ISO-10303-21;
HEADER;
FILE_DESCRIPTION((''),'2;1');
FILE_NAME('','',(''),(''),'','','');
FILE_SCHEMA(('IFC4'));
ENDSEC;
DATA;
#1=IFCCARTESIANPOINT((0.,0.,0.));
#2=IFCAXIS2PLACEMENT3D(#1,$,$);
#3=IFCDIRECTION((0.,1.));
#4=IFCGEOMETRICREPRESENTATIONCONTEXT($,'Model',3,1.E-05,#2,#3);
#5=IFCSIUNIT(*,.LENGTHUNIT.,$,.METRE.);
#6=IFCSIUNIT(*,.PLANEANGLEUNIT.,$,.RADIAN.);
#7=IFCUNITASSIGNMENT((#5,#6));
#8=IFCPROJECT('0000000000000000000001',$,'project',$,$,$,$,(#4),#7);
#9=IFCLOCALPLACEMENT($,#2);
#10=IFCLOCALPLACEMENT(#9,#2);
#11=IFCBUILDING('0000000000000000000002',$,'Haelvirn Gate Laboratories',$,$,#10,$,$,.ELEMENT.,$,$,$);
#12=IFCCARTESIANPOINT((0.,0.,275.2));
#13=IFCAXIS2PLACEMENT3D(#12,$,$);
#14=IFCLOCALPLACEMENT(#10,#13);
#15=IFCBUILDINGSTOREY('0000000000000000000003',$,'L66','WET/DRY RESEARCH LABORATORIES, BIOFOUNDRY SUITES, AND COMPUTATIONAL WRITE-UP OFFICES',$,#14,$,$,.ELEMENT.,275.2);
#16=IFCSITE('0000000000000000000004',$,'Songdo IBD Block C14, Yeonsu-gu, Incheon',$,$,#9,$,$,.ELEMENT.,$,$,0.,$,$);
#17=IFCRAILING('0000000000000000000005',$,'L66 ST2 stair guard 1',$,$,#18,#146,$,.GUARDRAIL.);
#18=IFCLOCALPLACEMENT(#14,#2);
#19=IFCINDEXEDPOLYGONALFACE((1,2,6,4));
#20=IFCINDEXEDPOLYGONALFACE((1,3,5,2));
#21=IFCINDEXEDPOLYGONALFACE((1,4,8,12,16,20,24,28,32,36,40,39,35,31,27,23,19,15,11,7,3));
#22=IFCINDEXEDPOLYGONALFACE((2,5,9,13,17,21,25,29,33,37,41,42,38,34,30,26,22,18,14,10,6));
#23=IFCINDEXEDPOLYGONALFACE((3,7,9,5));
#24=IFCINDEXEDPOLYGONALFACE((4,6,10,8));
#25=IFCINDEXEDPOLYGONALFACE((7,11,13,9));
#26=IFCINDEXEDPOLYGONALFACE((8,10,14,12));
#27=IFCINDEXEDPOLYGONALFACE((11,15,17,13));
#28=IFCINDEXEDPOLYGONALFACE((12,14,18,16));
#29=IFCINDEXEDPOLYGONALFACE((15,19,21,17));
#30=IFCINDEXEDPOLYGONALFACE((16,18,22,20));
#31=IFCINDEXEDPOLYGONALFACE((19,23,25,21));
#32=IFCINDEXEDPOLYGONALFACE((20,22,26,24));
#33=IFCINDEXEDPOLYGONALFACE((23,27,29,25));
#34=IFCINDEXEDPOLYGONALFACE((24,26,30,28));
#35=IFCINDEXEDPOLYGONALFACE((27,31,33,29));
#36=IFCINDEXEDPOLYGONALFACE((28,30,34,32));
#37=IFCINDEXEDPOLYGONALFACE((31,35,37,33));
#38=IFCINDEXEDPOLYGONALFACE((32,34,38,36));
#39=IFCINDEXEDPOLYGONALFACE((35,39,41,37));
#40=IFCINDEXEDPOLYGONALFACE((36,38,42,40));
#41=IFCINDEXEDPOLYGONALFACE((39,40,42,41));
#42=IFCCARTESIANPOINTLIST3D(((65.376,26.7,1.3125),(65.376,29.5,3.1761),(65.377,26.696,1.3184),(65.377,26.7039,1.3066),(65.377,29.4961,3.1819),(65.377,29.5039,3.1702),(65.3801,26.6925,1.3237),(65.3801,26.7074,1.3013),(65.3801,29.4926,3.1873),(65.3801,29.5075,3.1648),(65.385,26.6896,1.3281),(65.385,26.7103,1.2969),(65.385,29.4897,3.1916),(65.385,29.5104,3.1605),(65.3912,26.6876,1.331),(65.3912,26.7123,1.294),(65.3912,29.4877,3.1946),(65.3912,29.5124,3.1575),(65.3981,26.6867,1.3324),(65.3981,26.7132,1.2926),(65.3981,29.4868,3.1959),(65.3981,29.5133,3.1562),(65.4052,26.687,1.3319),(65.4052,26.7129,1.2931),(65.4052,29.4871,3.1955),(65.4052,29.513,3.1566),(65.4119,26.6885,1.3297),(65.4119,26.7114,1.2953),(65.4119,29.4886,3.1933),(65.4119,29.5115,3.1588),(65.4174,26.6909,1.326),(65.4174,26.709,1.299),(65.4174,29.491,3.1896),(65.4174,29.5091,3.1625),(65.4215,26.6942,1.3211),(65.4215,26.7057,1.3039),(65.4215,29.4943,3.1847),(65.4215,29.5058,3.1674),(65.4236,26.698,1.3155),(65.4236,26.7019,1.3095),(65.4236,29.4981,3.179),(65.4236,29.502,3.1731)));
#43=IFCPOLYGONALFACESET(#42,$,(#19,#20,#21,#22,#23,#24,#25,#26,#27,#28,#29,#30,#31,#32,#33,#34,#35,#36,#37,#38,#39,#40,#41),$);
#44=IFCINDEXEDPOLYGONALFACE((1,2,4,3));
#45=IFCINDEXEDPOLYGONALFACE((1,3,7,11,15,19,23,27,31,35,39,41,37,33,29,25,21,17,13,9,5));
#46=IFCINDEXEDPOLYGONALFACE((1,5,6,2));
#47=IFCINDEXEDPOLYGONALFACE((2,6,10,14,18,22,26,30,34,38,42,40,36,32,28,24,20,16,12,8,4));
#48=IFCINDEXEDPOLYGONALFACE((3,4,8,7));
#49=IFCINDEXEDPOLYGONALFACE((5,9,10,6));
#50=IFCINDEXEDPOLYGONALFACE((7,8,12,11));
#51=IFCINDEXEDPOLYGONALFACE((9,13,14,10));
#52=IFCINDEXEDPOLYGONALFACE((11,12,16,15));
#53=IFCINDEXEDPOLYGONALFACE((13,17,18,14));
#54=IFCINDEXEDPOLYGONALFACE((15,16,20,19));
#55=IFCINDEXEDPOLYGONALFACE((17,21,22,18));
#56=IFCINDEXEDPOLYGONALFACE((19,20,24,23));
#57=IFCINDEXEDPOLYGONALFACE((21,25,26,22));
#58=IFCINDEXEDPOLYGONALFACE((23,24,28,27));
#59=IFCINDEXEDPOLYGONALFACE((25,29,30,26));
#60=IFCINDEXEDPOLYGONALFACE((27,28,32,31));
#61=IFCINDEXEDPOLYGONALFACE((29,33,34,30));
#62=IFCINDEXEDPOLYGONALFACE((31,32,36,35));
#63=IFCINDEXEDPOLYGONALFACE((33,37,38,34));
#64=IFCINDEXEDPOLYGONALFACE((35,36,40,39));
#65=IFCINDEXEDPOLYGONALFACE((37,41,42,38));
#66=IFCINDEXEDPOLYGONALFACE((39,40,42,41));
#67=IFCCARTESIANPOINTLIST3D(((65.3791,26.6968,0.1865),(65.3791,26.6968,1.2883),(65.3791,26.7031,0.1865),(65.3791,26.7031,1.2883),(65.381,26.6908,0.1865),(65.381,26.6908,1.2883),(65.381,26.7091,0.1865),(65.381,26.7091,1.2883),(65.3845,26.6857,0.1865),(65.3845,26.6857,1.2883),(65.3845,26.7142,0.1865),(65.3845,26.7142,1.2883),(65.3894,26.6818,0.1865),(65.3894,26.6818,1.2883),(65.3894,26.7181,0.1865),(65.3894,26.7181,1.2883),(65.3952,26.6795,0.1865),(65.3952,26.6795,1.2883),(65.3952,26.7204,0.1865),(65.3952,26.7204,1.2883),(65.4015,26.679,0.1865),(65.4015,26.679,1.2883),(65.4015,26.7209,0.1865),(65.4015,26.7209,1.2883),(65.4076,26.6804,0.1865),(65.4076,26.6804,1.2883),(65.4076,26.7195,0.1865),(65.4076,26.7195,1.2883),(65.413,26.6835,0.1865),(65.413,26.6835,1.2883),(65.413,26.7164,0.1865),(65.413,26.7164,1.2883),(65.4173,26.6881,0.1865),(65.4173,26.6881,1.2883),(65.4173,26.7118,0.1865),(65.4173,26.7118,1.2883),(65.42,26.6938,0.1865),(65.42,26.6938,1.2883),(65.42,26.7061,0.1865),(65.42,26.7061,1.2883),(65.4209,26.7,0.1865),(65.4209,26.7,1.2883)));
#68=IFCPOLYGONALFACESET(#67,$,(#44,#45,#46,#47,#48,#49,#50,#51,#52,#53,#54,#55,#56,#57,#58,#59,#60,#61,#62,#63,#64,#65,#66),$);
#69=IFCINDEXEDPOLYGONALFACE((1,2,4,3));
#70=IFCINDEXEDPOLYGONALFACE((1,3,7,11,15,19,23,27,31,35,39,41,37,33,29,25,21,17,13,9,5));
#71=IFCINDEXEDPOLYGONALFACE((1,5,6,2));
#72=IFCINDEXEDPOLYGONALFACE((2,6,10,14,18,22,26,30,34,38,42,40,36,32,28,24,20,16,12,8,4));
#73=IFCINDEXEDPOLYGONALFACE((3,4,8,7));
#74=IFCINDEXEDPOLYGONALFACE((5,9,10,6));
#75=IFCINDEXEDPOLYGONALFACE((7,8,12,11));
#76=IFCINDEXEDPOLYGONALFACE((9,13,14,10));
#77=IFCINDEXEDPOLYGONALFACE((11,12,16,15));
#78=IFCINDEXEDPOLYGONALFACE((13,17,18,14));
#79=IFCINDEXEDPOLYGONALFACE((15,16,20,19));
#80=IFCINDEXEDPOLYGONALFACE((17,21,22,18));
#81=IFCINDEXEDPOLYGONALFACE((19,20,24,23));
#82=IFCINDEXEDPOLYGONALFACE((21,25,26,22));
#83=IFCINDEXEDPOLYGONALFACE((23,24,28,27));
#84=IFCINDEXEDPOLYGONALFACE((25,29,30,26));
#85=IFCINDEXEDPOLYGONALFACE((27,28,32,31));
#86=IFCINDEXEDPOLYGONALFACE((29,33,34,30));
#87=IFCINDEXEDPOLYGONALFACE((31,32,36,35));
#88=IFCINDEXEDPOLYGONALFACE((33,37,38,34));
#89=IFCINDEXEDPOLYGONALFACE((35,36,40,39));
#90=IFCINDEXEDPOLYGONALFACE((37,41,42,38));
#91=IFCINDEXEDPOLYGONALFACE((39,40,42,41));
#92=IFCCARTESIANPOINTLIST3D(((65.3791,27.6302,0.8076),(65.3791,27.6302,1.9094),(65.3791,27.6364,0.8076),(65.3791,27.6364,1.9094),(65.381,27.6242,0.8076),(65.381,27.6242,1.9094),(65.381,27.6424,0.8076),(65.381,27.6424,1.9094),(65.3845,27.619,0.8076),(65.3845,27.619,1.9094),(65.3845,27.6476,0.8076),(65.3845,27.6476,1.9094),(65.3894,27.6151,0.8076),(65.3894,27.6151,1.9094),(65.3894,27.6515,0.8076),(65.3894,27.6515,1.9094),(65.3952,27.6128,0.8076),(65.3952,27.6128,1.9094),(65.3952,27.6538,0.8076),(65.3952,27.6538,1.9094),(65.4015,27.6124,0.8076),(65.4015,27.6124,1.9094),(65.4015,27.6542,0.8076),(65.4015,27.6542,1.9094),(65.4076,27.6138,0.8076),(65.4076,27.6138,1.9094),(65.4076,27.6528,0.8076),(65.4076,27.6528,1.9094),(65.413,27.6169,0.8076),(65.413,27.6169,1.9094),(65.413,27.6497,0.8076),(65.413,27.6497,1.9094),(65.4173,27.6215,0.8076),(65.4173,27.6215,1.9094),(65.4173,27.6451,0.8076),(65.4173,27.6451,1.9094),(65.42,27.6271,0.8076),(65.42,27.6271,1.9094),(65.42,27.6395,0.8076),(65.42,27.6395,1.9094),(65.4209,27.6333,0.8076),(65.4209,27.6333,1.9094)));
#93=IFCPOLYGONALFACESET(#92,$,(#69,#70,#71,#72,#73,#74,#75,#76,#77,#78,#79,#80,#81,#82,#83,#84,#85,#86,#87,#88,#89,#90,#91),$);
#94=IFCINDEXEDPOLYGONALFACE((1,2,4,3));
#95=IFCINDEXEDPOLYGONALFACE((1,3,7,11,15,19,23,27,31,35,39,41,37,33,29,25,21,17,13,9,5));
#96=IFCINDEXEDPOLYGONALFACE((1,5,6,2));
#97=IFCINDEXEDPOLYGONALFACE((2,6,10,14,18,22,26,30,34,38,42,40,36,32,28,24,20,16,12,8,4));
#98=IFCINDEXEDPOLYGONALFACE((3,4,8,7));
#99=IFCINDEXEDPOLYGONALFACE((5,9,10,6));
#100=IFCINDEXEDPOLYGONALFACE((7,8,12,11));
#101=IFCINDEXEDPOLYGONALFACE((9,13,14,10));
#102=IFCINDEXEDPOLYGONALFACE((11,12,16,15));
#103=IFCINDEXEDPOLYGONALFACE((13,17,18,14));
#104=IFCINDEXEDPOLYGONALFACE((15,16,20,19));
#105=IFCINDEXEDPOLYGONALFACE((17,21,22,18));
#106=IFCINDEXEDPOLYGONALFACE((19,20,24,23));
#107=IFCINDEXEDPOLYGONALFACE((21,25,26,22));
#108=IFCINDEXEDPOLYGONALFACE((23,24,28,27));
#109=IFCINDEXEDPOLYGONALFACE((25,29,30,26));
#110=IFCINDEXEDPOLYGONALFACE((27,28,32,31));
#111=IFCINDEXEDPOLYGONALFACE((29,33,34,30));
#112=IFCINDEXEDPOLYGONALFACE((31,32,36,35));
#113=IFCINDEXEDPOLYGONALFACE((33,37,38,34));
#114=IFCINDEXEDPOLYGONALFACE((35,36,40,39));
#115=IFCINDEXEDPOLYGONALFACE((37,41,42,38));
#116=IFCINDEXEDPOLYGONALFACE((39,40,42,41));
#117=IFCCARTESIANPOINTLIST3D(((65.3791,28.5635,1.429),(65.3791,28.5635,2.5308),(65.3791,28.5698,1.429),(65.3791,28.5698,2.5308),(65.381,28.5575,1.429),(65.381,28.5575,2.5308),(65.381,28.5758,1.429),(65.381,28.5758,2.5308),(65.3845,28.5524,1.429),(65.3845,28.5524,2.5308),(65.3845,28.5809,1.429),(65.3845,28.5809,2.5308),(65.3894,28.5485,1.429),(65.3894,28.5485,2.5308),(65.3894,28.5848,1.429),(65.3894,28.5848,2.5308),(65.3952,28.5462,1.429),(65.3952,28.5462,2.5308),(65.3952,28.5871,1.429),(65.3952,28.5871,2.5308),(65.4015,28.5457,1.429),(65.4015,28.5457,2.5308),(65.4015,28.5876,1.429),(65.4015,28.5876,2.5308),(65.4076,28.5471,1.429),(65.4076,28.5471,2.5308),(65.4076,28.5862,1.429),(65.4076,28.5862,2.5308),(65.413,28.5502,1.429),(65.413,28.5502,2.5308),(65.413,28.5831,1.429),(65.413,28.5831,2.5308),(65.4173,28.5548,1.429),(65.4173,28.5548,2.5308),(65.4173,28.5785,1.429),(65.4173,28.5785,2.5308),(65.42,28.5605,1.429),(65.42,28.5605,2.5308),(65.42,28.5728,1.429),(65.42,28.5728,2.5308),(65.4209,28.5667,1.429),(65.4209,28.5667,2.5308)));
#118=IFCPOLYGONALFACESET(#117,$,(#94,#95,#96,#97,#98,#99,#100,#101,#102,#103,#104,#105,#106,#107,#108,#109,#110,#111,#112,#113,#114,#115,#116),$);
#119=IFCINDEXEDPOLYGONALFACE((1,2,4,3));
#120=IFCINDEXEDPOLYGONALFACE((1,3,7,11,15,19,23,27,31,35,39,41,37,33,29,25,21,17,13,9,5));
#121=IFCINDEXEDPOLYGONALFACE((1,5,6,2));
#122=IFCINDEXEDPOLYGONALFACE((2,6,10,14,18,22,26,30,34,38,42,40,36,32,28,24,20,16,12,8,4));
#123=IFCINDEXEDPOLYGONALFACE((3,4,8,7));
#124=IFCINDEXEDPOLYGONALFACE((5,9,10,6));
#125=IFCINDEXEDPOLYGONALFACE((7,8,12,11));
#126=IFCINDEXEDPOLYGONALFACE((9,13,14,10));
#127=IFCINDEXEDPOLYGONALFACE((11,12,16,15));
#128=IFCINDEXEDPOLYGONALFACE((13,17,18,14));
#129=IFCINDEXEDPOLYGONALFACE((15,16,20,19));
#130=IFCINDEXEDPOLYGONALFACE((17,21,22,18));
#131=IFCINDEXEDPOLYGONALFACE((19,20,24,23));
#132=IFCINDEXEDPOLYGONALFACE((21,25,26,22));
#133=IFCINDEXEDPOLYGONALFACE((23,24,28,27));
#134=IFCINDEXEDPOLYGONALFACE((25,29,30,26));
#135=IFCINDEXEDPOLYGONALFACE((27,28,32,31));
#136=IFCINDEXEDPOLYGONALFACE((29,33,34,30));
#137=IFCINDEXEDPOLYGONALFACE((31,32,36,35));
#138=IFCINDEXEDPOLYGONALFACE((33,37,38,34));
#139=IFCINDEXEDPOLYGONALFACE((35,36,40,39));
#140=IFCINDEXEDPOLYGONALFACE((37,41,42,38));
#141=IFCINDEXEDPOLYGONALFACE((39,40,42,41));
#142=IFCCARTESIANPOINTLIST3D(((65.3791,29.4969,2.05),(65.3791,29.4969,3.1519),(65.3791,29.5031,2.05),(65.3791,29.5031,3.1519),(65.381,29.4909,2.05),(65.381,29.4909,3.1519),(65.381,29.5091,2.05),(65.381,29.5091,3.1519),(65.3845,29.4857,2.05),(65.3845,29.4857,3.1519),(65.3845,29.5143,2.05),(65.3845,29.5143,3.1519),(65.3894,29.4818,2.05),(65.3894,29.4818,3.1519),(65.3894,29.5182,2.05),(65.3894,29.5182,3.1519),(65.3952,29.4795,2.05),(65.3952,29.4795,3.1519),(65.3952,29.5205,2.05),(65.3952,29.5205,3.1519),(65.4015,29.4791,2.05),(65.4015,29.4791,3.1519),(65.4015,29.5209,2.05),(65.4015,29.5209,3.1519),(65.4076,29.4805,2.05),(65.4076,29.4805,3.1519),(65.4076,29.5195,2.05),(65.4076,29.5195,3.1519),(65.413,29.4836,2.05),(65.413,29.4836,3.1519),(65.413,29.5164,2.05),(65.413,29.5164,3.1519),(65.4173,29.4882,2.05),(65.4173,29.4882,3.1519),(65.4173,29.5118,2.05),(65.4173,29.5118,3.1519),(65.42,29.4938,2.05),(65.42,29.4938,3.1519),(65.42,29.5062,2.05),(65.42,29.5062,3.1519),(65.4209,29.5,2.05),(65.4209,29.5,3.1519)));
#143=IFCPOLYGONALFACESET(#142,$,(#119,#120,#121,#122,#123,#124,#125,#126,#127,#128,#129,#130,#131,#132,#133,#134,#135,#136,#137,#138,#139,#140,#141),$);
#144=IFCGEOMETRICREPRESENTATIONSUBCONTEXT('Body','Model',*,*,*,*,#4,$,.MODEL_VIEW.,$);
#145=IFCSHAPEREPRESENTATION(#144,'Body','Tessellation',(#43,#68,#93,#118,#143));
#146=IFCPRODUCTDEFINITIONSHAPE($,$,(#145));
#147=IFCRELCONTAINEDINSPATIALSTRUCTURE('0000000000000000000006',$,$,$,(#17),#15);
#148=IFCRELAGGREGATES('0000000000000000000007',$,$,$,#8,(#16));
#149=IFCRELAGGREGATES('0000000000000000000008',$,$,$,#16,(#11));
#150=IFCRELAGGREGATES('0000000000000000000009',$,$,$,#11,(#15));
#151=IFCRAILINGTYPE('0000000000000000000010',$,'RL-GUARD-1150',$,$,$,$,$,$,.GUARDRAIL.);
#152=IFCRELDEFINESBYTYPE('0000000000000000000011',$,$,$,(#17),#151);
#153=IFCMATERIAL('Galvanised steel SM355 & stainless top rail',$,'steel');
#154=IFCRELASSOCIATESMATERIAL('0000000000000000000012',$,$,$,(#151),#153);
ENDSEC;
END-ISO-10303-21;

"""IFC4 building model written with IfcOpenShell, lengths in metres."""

from ifc_helpers import new_model, si_unit, direction, frame, origin, origin_2d, place, context, subcontext, project, spatial, circle, extrude, source, transform, mapped, material, type_object, element, save


model = new_model("IFC4")

# Units and contexts
model_context = context("Model", 3, precision=1e-05, world=origin(), true_north=direction((0.0, 1.0)))
body_context = subcontext(model_context, "Body", "Model", "MODEL_VIEW")
ifc_project = project(units=[si_unit("LENGTHUNIT", "METRE"), si_unit("PLANEANGLEUNIT", "RADIAN")], contexts=[model_context])

# Site, building, storey
site_placement = place(None, origin())
site = spatial("IfcSite", under=ifc_project, at=site_placement, Name="Songdo IBD Block C14, Yeonsu-gu, Incheon", CompositionType="ELEMENT", RefElevation=0.0)
building_placement = place(site_placement, origin())
building = spatial("IfcBuilding", under=site, at=building_placement, Name="Haelvirn Gate Laboratories", CompositionType="ELEMENT")
storey_placement = place(building_placement, frame((0.0, 0.0, 275.2)))
storey = spatial("IfcBuildingStorey", under=building, at=storey_placement, Name="L66", Description="WET/DRY RESEARCH LABORATORIES, BIOFOUNDRY SUITES, AND COMPUTATIONAL WRITE-UP OFFICES", CompositionType="ELEMENT", Elevation=275.2)

# Railing
ifc_material_1 = material(Name="Galvanised steel SM355 & stainless top rail", Category="steel")
railing_type_1 = type_object("IfcRailingType", Name="RL-GUARD-1150", PredefinedType="GUARDRAIL", material=ifc_material_1)
shared_shape_1 = source(origin(), body_context, "Body", "SweptSolid", [
    extrude(circle(Radius=0.0239, at=origin_2d()), frame((0.0, 0.0, 1.126), z_axis=(0.0, 0.832486, 0.554047), x_axis=(-1.0, 0.0, 0.0)), (0.0, 0.0, 1.0), 3.3635),
    extrude(circle(Radius=0.021, at=origin_2d()), origin(), (0.0, 0.0, 1.0), 1.1018),
    extrude(circle(Radius=0.021, at=origin_2d()), frame((0.0, 0.9333, 0.6211)), (0.0, 0.0, 1.0), 1.1018),
    extrude(circle(Radius=0.021, at=origin_2d()), frame((0.0, 1.8667, 1.2424)), (0.0, 0.0, 1.0), 1.1018),
    extrude(circle(Radius=0.021, at=origin_2d()), frame((0.0, 2.8, 1.8635)), (0.0, 0.0, 1.0), 1.1018),
])
railing_1_placement = place(storey_placement, frame((65.3999, 26.7, 0.1865)))
element("IfcRailing", 1, at=railing_1_placement, inside=storey, type_object=railing_type_1, Name="L66 ST2 stair guard 1", PredefinedType="GUARDRAIL", context=body_context, shape_type="MappedRepresentation", body=[
    mapped(shared_shape_1, transform((0.0, 0.0, 0.0), scale=1.0)),
])

save(model, "model.ifc")
